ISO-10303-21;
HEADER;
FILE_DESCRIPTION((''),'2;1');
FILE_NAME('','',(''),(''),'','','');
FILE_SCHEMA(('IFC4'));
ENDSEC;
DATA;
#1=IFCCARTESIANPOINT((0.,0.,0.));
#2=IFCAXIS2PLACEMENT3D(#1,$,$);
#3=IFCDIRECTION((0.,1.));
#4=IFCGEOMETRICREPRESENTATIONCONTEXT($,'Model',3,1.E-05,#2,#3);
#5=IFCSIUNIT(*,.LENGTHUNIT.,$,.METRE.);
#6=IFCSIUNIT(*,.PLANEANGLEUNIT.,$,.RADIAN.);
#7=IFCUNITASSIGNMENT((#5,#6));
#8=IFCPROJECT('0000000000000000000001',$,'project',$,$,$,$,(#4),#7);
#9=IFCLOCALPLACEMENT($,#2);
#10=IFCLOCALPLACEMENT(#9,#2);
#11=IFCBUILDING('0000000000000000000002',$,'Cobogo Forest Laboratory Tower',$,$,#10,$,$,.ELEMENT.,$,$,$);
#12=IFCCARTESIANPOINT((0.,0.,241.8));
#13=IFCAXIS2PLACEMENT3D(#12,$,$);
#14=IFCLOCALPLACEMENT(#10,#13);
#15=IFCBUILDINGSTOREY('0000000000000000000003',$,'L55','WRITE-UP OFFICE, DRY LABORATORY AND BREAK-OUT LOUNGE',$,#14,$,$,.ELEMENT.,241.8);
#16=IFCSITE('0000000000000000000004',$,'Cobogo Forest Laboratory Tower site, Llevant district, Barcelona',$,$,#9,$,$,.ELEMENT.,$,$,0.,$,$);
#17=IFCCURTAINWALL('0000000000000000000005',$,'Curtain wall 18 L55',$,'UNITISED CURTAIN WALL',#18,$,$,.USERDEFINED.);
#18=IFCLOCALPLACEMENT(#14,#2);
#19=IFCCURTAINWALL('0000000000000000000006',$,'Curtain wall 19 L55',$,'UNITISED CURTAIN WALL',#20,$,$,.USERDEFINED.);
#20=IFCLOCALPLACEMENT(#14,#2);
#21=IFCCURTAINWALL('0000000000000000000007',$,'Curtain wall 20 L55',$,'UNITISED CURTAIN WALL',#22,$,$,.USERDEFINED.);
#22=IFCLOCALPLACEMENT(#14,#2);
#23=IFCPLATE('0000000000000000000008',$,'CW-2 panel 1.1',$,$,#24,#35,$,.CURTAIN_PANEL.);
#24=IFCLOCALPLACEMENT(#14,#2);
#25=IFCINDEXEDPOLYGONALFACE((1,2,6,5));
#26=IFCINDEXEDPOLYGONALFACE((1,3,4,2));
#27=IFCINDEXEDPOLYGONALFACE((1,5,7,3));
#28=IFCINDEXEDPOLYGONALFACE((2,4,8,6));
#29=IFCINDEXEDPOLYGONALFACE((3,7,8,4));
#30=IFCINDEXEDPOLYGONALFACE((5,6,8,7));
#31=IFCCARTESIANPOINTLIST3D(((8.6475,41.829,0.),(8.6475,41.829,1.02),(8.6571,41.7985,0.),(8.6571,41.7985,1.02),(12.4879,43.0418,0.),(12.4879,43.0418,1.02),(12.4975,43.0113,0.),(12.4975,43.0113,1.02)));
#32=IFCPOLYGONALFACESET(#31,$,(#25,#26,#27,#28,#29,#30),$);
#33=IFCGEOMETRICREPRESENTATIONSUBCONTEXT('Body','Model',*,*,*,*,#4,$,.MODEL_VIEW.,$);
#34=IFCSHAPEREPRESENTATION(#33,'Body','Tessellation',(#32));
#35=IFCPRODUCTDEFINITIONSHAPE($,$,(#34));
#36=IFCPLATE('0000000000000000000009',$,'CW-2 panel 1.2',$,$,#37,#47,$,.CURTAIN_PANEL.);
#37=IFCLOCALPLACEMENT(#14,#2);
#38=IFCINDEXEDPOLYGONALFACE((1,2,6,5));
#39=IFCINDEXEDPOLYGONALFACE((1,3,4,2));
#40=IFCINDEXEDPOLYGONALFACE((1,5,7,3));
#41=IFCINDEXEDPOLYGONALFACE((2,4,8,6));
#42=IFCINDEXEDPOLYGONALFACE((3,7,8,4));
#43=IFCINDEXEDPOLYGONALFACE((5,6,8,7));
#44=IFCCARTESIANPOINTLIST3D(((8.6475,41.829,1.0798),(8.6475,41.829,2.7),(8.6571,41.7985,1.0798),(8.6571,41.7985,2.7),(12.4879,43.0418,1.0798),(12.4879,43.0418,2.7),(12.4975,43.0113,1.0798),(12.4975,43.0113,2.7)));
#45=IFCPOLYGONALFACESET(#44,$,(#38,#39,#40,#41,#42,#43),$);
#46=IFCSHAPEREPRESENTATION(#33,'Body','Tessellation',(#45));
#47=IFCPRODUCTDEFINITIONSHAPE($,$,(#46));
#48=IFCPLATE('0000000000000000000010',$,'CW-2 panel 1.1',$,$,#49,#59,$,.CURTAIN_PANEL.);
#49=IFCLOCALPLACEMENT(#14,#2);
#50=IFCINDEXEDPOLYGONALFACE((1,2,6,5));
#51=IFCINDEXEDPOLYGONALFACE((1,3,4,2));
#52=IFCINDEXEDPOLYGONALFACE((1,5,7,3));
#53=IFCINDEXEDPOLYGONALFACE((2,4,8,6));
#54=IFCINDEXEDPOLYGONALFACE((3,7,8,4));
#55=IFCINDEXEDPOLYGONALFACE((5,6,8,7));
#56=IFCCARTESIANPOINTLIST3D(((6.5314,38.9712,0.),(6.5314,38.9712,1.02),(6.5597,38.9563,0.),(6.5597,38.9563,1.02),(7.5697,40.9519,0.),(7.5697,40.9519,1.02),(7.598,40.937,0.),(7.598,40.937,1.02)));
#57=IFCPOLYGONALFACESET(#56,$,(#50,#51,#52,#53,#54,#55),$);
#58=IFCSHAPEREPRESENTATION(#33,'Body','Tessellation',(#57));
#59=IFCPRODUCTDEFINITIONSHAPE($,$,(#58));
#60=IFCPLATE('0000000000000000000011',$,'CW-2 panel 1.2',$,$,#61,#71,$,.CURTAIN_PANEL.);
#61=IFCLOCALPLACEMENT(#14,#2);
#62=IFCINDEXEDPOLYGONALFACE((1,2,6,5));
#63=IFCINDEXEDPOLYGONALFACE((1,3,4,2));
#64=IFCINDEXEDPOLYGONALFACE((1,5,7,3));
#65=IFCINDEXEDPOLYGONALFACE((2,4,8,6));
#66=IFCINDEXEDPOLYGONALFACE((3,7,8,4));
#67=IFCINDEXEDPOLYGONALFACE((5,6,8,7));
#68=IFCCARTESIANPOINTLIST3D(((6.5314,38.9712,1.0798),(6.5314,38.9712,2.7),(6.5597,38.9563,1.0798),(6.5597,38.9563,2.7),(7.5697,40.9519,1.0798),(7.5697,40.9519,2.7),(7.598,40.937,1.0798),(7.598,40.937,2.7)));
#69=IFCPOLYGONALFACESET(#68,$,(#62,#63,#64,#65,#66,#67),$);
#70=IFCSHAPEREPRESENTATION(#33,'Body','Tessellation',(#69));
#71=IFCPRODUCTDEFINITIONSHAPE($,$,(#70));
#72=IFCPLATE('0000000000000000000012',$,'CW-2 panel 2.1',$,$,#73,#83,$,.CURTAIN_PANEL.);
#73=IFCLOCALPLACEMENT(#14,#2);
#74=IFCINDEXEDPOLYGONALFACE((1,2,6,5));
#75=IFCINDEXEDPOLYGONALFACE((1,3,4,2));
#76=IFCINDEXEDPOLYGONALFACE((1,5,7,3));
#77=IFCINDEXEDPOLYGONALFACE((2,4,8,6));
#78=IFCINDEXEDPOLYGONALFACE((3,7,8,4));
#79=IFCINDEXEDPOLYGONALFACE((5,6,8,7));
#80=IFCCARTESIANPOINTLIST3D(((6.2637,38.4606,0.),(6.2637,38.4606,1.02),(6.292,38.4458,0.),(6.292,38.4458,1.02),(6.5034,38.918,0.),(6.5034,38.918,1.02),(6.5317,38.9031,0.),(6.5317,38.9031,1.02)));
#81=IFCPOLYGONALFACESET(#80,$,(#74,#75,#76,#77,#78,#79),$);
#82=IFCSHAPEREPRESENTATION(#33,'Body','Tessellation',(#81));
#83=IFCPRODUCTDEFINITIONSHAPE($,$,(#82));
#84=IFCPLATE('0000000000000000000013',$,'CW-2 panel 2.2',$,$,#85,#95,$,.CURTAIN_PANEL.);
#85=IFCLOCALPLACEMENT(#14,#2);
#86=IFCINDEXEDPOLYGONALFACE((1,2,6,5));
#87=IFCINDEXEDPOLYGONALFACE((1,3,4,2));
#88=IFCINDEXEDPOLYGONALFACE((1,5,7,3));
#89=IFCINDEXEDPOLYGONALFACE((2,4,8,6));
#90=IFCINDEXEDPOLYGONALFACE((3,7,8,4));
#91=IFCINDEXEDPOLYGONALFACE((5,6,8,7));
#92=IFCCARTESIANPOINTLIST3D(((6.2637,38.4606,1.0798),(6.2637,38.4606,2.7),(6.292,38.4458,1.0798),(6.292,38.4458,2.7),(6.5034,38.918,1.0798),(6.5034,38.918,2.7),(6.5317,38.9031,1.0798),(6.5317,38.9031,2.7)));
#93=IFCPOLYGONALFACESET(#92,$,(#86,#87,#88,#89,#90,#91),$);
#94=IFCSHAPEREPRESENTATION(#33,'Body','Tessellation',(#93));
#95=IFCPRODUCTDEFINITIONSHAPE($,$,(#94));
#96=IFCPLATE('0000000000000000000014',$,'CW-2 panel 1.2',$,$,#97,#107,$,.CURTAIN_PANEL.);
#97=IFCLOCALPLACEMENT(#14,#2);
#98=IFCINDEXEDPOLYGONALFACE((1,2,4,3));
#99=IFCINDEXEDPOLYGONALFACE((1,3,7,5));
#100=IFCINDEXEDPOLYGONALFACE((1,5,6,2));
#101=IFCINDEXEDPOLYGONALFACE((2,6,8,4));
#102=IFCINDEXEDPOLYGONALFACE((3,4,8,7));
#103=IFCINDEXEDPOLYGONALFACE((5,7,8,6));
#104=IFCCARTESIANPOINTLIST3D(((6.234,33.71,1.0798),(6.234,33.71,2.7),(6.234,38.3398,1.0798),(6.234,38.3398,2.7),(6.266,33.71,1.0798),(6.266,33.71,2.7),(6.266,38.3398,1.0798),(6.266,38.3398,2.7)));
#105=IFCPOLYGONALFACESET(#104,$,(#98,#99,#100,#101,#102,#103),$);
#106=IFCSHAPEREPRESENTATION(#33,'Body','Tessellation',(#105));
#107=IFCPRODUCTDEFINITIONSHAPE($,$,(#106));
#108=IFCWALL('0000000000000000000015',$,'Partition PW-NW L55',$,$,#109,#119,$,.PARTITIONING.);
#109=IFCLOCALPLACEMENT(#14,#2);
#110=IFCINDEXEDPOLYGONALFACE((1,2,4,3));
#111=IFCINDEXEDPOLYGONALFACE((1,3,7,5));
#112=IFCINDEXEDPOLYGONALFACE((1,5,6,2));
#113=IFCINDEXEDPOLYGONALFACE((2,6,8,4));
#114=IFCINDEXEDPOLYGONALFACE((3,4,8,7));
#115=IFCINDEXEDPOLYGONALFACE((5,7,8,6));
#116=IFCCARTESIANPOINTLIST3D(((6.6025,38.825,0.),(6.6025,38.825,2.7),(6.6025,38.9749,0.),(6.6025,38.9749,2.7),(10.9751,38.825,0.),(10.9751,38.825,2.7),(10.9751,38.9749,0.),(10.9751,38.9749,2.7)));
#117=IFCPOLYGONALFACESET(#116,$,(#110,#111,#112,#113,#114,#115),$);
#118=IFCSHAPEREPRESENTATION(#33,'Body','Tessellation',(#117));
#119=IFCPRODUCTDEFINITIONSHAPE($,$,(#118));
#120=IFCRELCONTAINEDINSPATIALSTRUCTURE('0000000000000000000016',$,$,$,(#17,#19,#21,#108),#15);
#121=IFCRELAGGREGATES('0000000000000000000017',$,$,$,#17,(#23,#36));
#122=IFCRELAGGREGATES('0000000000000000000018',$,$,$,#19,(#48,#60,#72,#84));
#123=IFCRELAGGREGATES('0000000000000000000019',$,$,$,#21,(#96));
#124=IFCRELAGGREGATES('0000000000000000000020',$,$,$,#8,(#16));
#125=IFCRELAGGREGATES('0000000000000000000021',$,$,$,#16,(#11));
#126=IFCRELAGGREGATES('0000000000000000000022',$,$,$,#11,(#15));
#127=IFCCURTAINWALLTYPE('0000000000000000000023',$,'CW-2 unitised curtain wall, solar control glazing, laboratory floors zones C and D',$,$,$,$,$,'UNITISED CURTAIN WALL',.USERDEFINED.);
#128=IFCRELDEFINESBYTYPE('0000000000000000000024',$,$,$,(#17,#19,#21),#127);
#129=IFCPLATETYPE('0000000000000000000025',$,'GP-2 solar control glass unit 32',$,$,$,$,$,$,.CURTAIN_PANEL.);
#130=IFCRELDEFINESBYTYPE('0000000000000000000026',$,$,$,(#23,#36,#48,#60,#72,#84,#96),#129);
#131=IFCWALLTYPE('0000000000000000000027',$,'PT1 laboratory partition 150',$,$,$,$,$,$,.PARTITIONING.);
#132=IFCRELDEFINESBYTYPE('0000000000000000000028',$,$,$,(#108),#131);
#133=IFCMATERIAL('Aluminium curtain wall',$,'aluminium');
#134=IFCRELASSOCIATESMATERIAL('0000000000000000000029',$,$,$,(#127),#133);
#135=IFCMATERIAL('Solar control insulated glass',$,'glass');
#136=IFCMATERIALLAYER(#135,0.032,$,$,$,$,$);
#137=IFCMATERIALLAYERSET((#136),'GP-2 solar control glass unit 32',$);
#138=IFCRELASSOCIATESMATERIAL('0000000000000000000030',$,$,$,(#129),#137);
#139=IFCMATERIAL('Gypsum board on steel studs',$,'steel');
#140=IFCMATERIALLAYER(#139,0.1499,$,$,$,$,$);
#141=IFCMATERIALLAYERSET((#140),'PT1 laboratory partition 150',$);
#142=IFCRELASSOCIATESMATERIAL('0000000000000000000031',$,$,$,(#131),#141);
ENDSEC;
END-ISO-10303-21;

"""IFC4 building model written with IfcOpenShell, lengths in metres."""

from ifc_helpers import new_model, si_unit, direction, frame, frame_2d, origin, origin_2d, place, context, subcontext, project, spatial, rectangle, extrude, material, layer, layer_set, type_object, element, aggregate, save


model = new_model("IFC4")

# Units and contexts
model_context = context("Model", 3, precision=1e-05, world=origin(), true_north=direction((0.0, 1.0)))
body_context = subcontext(model_context, "Body", "Model", "MODEL_VIEW")
ifc_project = project(units=[si_unit("LENGTHUNIT", "METRE"), si_unit("PLANEANGLEUNIT", "RADIAN")], contexts=[model_context])

# Site, building, storey
site_placement = place(None, origin())
site = spatial("IfcSite", under=ifc_project, at=site_placement, Name="Cobogo Forest Laboratory Tower site, Llevant district, Barcelona", CompositionType="ELEMENT", RefElevation=0.0)
building_placement = place(site_placement, origin())
building = spatial("IfcBuilding", under=site, at=building_placement, Name="Cobogo Forest Laboratory Tower", CompositionType="ELEMENT")
storey_placement = place(building_placement, frame((0.0, 0.0, 241.8)))
storey = spatial("IfcBuildingStorey", under=building, at=storey_placement, Name="L55", Description="WRITE-UP OFFICE, DRY LABORATORY AND BREAK-OUT LOUNGE", CompositionType="ELEMENT", Elevation=241.8)

# Curtain walls
ifc_material_1 = material(Name="Aluminium curtain wall", Category="aluminium")
curtain_wall_type = type_object("IfcCurtainWallType", Name="CW-2 unitised curtain wall, solar control glazing, laboratory floors zones C and D", ElementType="UNITISED CURTAIN WALL", PredefinedType="USERDEFINED", material=ifc_material_1)
curtain_wall_1_placement = place(storey_placement, origin())
curtain_wall_1 = element("IfcCurtainWall", 1, at=curtain_wall_1_placement, inside=storey, type_object=curtain_wall_type, Name="Curtain wall 18 L55", ObjectType="UNITISED CURTAIN WALL", PredefinedType="USERDEFINED")
curtain_wall_2_placement = place(storey_placement, origin())
curtain_wall_2 = element("IfcCurtainWall", 2, at=curtain_wall_2_placement, inside=storey, type_object=curtain_wall_type, Name="Curtain wall 19 L55", ObjectType="UNITISED CURTAIN WALL", PredefinedType="USERDEFINED")

# Curtain wall
curtain_wall_3_placement = place(storey_placement, origin())
curtain_wall_3 = element("IfcCurtainWall", 3, at=curtain_wall_3_placement, inside=storey, type_object=curtain_wall_type, Name="Curtain wall 20 L55", ObjectType="UNITISED CURTAIN WALL", PredefinedType="USERDEFINED")

# Plates
ifc_material_2 = material(Name="Solar control insulated glass", Category="glass")
ifc_layer_1 = layer(ifc_material_2, 0.032)
ifc_layer_set_1 = layer_set([ifc_layer_1], Name="GP-2 solar control glass unit 32")
plate_type = type_object("IfcPlateType", Name="GP-2 solar control glass unit 32", PredefinedType="CURTAIN_PANEL", material=ifc_layer_set_1)
plate_1_placement = place(storey_placement, frame((10.5725, 42.4202, 0.0), z_axis=(0.0, 0.0, 1.0), x_axis=(-0.953581, -0.301135, 0.0)))
plate_1 = element("IfcPlate", 4, at=plate_1_placement, type_object=plate_type, Name="CW-2 panel 1.1", PredefinedType="CURTAIN_PANEL", context=body_context, shape_type="SweptSolid", body=[
    extrude(rectangle(XDim=4.0273, YDim=0.032, at=origin_2d()), origin(), (0.0, 0.0, 1.0), 1.02),
])
plate_2_placement = place(storey_placement, frame((10.5725, 42.4202, 1.0798), z_axis=(0.0, 0.0, 1.0), x_axis=(-0.953581, -0.301135, 0.0)))
plate_2 = element("IfcPlate", 5, at=plate_2_placement, type_object=plate_type, Name="CW-2 panel 1.2", PredefinedType="CURTAIN_PANEL", context=body_context, shape_type="SweptSolid", body=[
    extrude(rectangle(XDim=4.0273, YDim=0.032, at=origin_2d()), origin(), (0.0, 0.0, 1.0), 1.6201),
])
aggregate(curtain_wall_1, [plate_1, plate_2])
plate_3_placement = place(storey_placement, frame((7.0647, 39.9541, 0.0), z_axis=(0.0, 0.0, 1.0), x_axis=(-0.464284, -0.885686, 0.0)))
plate_3 = element("IfcPlate", 6, at=plate_3_placement, type_object=plate_type, Name="CW-2 panel 1.1", PredefinedType="CURTAIN_PANEL", context=body_context, shape_type="SweptSolid", body=[
    extrude(rectangle(XDim=2.2363, YDim=0.032, at=origin_2d()), origin(), (0.0, 0.0, 1.0), 1.02),
])
plate_4_placement = place(storey_placement, frame((7.0647, 39.9541, 1.0798), z_axis=(0.0, 0.0, 1.0), x_axis=(-0.464284, -0.885686, 0.0)))
plate_4 = element("IfcPlate", 7, at=plate_4_placement, type_object=plate_type, Name="CW-2 panel 1.2", PredefinedType="CURTAIN_PANEL", context=body_context, shape_type="SweptSolid", body=[
    extrude(rectangle(XDim=2.2363, YDim=0.032, at=origin_2d()), origin(), (0.0, 0.0, 1.0), 1.6201),
])
plate_5_placement = place(storey_placement, frame((6.3977, 38.6819, 0.0), z_axis=(0.0, 0.0, 1.0), x_axis=(-0.464284, -0.885686, 0.0)))
plate_5 = element("IfcPlate", 8, at=plate_5_placement, type_object=plate_type, Name="CW-2 panel 2.1", PredefinedType="CURTAIN_PANEL", context=body_context, shape_type="SweptSolid", body=[
    extrude(rectangle(XDim=0.5164, YDim=0.032, at=origin_2d()), origin(), (0.0, 0.0, 1.0), 1.02),
])
plate_6_placement = place(storey_placement, frame((6.3977, 38.6819, 1.0798), z_axis=(0.0, 0.0, 1.0), x_axis=(-0.464284, -0.885686, 0.0)))
plate_6 = element("IfcPlate", 9, at=plate_6_placement, type_object=plate_type, Name="CW-2 panel 2.2", PredefinedType="CURTAIN_PANEL", context=body_context, shape_type="SweptSolid", body=[
    extrude(rectangle(XDim=0.5164, YDim=0.032, at=origin_2d()), origin(), (0.0, 0.0, 1.0), 1.6201),
])
aggregate(curtain_wall_2, [plate_3, plate_4, plate_5, plate_6])
plate_7_placement = place(storey_placement, frame((6.25, 36.0249, 1.0798), z_axis=(0.0, 0.0, 1.0), x_axis=(0.0, -1.0, 0.0)))
plate_7 = element("IfcPlate", 10, at=plate_7_placement, type_object=plate_type, Name="CW-2 panel 1.2", PredefinedType="CURTAIN_PANEL", context=body_context, shape_type="SweptSolid", body=[
    extrude(rectangle(XDim=4.6299, YDim=0.032, at=origin_2d()), origin(), (0.0, 0.0, 1.0), 1.6201),
])
aggregate(curtain_wall_3, [plate_7])

# Wall
ifc_material_3 = material(Name="Gypsum board on steel studs", Category="steel")
ifc_layer_2 = layer(ifc_material_3, 0.1499)
ifc_layer_set_2 = layer_set([ifc_layer_2], Name="PT1 laboratory partition 150")
wall_type_1 = type_object("IfcWallType", Name="PT1 laboratory partition 150", PredefinedType="PARTITIONING", material=ifc_layer_set_2)
wall_1_placement = place(storey_placement, frame((6.6025, 38.8999, 0.0), z_axis=(0.0, 0.0, 1.0), x_axis=(1.0, 0.0, 0.0)))
element("IfcWall", 11, at=wall_1_placement, inside=storey, type_object=wall_type_1, Name="Partition PW-NW L55", PredefinedType="PARTITIONING", context=body_context, shape_type="SweptSolid", body=[
    extrude(rectangle(XDim=4.3726, YDim=0.1499, at=frame_2d((2.1863, 0.0))), origin(), (0.0, 0.0, 1.0), 2.7),
])

save(model, "model.ifc")
